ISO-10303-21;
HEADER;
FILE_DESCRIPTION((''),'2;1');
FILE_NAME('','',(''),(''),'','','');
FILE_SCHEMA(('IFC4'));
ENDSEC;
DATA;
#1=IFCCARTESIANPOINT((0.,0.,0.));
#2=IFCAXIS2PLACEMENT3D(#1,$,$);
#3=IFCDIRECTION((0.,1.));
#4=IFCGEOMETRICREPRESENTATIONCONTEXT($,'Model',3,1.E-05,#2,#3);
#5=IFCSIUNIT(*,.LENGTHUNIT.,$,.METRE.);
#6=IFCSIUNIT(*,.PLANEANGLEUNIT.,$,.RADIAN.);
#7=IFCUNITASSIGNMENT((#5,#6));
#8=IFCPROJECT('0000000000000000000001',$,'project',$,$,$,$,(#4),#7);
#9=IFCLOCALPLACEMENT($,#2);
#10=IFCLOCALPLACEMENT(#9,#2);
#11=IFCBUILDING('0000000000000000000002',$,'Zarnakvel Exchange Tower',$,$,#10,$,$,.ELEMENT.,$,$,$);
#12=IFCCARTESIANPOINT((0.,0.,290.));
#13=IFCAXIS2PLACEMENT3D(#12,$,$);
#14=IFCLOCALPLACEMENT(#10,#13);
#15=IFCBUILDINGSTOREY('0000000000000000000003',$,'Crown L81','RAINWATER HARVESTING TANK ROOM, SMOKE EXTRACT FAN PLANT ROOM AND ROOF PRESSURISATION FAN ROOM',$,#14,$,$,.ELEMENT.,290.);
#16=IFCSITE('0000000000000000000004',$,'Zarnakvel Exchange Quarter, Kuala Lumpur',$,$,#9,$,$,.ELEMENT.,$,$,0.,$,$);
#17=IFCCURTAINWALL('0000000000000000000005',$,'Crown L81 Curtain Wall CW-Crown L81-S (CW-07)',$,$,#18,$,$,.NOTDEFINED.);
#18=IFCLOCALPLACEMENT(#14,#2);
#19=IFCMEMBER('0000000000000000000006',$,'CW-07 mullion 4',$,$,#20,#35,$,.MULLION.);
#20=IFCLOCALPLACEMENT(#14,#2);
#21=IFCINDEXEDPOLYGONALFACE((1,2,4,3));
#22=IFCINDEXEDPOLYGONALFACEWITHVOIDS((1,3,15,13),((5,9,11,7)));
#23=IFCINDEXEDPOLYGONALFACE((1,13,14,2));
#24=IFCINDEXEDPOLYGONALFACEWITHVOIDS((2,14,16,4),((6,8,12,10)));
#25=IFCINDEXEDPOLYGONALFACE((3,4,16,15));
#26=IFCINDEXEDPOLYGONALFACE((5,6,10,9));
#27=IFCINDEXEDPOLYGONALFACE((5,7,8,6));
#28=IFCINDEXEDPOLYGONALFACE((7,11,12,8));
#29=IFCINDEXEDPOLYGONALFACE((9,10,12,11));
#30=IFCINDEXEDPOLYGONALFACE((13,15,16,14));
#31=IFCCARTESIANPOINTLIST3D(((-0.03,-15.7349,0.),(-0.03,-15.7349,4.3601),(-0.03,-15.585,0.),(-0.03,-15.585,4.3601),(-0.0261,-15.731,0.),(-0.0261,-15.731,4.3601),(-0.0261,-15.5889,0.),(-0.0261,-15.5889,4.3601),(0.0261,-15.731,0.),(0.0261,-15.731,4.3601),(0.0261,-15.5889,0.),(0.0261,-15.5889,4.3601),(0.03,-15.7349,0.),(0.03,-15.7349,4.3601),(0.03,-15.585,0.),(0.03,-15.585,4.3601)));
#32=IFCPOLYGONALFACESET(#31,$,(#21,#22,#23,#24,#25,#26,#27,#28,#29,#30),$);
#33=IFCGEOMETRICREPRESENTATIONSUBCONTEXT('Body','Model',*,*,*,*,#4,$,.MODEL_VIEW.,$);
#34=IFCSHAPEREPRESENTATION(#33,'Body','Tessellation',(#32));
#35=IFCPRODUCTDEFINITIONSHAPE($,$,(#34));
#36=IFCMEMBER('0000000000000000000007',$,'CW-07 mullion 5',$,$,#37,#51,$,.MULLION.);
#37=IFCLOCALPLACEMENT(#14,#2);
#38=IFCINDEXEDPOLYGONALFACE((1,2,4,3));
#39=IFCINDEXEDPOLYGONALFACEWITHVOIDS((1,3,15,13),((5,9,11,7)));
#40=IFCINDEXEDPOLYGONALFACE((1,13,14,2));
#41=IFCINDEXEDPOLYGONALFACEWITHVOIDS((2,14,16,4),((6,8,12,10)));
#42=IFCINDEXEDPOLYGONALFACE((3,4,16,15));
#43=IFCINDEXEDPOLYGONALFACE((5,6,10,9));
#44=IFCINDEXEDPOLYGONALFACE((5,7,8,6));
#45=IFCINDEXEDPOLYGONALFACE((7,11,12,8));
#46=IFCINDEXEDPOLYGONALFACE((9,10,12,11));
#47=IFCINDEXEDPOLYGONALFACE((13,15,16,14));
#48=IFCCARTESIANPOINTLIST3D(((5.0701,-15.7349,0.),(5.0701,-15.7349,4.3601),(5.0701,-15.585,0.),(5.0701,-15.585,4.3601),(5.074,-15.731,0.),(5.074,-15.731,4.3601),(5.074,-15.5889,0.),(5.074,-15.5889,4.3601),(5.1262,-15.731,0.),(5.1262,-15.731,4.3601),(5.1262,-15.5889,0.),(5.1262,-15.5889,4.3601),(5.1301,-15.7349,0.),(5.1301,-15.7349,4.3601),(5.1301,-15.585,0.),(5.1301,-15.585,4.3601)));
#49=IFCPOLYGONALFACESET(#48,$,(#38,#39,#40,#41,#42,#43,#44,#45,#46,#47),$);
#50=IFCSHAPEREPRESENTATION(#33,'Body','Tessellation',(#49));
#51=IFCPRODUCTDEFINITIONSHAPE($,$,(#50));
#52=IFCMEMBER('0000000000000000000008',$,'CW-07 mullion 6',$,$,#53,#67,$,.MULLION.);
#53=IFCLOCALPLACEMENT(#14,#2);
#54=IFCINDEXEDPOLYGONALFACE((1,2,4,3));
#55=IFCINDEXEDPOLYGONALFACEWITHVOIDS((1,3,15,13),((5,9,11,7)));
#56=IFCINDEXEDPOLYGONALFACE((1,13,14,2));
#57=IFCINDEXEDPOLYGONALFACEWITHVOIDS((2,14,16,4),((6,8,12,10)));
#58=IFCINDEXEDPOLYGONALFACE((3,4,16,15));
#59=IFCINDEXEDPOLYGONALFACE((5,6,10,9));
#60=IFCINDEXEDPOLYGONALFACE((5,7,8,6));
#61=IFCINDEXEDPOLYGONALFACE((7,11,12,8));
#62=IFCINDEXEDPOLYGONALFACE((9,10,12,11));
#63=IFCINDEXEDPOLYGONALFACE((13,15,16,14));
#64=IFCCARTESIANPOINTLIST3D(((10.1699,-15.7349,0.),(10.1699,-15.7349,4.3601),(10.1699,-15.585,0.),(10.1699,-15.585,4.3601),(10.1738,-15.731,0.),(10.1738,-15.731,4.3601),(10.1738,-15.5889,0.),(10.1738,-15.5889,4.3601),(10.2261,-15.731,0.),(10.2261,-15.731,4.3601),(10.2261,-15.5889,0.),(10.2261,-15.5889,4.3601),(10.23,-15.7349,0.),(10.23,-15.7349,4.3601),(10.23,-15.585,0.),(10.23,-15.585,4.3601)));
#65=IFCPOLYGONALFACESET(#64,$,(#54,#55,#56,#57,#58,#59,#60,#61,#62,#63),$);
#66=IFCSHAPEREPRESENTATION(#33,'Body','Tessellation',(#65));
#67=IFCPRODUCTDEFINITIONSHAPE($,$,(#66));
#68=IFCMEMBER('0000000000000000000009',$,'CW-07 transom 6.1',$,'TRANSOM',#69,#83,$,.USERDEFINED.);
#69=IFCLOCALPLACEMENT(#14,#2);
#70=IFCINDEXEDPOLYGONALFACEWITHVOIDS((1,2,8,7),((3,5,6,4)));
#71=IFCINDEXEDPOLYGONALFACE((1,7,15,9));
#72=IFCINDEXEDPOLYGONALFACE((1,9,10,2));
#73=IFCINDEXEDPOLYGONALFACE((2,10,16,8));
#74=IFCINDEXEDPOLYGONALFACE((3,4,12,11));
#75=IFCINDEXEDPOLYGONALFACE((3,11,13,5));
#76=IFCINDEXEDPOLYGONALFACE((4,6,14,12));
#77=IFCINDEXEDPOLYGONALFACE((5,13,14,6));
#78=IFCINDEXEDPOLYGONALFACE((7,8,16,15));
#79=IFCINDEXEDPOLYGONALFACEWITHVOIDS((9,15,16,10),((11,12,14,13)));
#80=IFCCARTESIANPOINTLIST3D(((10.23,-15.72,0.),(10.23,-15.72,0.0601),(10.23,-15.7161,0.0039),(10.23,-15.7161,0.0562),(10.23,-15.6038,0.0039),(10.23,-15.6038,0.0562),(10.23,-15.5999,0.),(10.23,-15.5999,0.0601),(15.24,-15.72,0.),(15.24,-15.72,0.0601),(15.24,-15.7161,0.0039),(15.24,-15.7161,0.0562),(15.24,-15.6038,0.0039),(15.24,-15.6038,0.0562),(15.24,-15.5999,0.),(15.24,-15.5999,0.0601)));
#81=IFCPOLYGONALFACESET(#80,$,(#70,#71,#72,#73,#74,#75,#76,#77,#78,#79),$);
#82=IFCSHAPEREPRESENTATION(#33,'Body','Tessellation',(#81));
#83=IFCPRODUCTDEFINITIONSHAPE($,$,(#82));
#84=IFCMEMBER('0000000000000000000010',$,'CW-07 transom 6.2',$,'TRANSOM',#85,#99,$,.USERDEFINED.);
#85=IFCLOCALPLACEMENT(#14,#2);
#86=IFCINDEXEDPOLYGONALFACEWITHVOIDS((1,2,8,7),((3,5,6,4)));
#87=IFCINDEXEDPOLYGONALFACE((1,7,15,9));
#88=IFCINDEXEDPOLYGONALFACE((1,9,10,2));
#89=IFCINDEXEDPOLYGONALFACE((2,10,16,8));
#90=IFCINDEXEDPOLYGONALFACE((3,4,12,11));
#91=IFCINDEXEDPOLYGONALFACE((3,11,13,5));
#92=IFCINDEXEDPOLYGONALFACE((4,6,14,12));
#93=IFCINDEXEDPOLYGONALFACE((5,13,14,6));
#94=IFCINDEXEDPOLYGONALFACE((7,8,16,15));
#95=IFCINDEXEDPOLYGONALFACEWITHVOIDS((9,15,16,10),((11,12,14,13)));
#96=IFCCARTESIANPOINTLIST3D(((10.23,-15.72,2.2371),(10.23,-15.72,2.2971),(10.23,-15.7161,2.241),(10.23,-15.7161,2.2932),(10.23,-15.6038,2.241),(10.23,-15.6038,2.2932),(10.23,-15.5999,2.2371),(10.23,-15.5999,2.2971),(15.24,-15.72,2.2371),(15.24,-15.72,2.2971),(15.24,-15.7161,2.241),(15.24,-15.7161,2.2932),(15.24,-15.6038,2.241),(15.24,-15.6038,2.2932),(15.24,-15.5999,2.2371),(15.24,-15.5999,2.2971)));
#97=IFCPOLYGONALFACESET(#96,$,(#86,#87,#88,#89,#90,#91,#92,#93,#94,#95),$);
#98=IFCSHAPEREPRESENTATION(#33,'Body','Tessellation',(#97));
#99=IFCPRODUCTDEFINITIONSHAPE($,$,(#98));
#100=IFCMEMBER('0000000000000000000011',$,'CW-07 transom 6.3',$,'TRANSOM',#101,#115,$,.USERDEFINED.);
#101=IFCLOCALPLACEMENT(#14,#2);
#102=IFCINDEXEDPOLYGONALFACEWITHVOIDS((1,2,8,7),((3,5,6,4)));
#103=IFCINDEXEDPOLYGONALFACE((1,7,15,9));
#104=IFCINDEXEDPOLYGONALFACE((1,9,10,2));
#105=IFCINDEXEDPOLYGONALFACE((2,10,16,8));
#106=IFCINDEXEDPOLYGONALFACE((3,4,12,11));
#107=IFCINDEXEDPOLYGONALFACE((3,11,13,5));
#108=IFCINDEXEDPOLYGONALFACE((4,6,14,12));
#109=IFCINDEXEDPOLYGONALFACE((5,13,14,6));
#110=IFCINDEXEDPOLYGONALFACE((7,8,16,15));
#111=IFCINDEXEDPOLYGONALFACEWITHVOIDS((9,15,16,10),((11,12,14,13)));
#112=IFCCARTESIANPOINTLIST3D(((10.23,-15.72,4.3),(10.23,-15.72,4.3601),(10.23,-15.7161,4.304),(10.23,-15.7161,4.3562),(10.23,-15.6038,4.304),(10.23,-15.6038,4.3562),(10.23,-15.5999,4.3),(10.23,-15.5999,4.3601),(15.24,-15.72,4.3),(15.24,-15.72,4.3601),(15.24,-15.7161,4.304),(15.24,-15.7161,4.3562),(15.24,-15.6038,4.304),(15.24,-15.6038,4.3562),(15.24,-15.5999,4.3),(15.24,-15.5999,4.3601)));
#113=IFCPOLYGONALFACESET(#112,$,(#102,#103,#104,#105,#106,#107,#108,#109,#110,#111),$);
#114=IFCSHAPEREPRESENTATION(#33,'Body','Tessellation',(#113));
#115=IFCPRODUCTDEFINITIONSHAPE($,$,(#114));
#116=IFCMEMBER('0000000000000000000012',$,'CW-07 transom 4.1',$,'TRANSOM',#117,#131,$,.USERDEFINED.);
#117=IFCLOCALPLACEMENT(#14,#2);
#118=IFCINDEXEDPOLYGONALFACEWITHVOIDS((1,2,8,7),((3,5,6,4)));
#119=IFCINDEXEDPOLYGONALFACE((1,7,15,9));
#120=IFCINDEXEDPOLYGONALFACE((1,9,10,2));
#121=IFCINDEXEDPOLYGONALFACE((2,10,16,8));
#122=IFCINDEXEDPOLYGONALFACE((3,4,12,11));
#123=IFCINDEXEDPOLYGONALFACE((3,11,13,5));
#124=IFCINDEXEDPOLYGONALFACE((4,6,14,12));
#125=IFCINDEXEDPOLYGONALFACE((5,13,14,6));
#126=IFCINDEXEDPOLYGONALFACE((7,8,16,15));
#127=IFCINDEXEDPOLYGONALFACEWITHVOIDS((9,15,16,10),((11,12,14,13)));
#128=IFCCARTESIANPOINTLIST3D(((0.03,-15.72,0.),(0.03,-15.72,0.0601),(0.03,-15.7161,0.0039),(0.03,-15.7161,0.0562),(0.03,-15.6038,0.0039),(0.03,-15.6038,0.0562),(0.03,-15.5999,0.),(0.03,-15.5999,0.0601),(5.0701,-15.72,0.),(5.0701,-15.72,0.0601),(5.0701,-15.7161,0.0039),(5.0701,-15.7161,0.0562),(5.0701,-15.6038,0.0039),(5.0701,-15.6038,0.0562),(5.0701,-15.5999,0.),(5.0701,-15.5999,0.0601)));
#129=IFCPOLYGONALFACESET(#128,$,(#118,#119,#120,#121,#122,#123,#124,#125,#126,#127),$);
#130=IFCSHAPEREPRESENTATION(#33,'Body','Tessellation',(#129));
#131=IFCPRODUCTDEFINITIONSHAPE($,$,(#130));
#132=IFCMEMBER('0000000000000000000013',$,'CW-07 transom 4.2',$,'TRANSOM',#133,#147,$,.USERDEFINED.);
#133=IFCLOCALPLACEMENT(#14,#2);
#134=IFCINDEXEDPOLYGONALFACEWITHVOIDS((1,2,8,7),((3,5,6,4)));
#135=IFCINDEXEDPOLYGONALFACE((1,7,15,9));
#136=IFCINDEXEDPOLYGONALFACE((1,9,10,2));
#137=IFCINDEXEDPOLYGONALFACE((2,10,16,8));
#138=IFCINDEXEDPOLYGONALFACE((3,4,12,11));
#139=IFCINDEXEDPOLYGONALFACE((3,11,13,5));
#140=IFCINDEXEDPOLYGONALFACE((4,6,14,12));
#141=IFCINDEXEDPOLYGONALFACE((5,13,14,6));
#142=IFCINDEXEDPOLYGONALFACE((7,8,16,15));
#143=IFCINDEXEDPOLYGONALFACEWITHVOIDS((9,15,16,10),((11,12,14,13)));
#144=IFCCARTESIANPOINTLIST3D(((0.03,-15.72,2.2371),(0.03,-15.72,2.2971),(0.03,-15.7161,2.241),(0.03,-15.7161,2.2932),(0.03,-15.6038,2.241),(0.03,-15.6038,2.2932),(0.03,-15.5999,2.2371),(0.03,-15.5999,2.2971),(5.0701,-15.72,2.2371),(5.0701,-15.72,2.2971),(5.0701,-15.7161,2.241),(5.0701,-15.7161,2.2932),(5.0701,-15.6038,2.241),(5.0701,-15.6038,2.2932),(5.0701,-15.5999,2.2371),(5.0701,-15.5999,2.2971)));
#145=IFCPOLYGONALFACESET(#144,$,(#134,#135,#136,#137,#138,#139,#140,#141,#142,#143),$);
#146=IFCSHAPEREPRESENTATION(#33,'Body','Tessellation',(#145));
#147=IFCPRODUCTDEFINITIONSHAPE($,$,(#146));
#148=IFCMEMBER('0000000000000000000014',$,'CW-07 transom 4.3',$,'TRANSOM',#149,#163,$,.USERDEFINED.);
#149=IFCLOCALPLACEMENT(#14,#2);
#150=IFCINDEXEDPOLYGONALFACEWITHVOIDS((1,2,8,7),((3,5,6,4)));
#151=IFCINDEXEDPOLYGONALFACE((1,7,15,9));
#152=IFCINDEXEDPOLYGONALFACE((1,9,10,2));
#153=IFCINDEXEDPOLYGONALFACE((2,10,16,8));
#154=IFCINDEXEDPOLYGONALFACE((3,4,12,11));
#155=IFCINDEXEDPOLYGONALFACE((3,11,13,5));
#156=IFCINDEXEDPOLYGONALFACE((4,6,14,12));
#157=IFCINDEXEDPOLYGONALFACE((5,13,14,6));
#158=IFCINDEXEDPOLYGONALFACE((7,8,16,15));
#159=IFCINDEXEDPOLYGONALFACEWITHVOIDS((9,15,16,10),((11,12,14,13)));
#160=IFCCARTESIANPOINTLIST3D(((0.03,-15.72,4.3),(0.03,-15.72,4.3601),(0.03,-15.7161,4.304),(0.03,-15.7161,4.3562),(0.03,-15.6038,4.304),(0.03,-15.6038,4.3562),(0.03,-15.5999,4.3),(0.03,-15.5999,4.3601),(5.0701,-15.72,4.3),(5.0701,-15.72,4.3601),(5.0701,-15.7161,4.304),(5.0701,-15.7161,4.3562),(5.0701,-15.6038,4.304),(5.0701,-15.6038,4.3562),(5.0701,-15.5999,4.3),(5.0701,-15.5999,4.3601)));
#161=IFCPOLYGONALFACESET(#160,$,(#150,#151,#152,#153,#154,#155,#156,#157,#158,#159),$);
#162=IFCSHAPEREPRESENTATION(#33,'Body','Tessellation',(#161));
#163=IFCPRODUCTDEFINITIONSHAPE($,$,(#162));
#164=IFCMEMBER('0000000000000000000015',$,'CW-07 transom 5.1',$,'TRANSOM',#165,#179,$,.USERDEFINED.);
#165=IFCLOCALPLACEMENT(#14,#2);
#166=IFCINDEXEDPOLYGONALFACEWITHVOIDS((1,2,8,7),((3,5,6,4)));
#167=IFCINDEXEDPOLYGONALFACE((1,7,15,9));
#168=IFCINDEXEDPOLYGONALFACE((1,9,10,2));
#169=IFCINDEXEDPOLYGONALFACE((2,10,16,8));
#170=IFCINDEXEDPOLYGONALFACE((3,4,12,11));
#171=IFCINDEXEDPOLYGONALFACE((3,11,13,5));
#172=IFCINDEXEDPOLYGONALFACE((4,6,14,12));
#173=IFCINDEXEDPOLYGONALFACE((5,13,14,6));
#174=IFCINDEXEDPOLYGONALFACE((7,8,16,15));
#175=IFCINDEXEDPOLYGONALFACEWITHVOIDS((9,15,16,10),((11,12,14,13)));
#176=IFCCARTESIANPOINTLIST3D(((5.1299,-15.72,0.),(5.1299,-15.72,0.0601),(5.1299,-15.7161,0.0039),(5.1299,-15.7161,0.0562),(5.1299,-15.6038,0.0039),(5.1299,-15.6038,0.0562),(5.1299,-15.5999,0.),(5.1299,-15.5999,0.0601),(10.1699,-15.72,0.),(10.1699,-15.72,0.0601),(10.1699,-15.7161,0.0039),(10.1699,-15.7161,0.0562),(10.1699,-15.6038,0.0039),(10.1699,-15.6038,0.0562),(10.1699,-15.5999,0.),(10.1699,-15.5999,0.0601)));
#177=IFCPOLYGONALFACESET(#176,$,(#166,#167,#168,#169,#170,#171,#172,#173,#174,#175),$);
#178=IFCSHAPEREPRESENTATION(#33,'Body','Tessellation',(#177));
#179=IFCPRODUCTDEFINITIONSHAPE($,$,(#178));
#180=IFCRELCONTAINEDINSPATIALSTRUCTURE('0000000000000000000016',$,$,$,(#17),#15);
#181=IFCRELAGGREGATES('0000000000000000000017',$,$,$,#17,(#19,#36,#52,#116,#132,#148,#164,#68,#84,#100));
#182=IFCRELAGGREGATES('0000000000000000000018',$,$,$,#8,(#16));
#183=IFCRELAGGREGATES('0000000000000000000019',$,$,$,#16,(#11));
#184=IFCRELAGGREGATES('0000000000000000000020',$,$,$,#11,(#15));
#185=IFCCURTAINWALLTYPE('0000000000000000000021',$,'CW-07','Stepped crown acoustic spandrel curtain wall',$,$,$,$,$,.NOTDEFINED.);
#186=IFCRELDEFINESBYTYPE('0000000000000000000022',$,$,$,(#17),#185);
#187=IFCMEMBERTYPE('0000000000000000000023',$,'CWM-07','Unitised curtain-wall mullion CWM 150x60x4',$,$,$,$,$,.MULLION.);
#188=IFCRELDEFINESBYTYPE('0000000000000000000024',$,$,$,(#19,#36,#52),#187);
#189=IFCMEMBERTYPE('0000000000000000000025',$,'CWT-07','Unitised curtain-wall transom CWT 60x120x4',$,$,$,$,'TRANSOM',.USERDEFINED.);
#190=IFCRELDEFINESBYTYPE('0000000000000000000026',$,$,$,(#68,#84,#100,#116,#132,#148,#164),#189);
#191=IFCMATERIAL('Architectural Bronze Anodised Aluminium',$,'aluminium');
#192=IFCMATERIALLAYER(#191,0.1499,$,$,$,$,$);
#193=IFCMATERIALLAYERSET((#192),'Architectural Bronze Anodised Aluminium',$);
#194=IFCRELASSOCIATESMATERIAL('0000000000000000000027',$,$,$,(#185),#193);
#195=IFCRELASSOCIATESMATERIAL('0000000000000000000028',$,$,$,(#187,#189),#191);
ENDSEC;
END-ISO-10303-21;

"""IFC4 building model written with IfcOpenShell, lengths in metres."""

from ifc_helpers import new_model, si_unit, direction, frame, origin, origin_2d, place, context, subcontext, project, spatial, hollow_rectangle, extrude, source, transform, mapped, material, layer, layer_set, material_profile, profile_set, type_object, element, aggregate, save


model = new_model("IFC4")

# Units and contexts
model_context = context("Model", 3, precision=1e-05, world=origin(), true_north=direction((0.0, 1.0)))
body_context = subcontext(model_context, "Body", "Model", "MODEL_VIEW")
ifc_project = project(units=[si_unit("LENGTHUNIT", "METRE"), si_unit("PLANEANGLEUNIT", "RADIAN")], contexts=[model_context])

# Site, building, storey
site_placement = place(None, origin())
site = spatial("IfcSite", under=ifc_project, at=site_placement, Name="Zarnakvel Exchange Quarter, Kuala Lumpur", CompositionType="ELEMENT", RefElevation=0.0)
building_placement = place(site_placement, origin())
building = spatial("IfcBuilding", under=site, at=building_placement, Name="Zarnakvel Exchange Tower", CompositionType="ELEMENT")
storey_placement = place(building_placement, frame((0.0, 0.0, 290.0)))
storey = spatial("IfcBuildingStorey", under=building, at=storey_placement, Name="Crown L81", Description="RAINWATER HARVESTING TANK ROOM, SMOKE EXTRACT FAN PLANT ROOM AND ROOF PRESSURISATION FAN ROOM", CompositionType="ELEMENT", Elevation=290.0)

# Curtain wall, members
ifc_material_1 = material(Name="Architectural Bronze Anodised Aluminium", Category="aluminium")
ifc_layer_1 = layer(ifc_material_1, 0.1499)
ifc_layer_set_1 = layer_set([ifc_layer_1], Name="Architectural Bronze Anodised Aluminium")
curtain_wall_type = type_object("IfcCurtainWallType", Name="CW-07", Description="Stepped crown acoustic spandrel curtain wall", PredefinedType="NOTDEFINED", material=ifc_layer_set_1)
curtain_wall_placement = place(storey_placement, origin())
curtain_wall = element("IfcCurtainWall", 1, at=curtain_wall_placement, inside=storey, type_object=curtain_wall_type, Name="Crown L81 Curtain Wall CW-Crown L81-S (CW-07)", PredefinedType="NOTDEFINED")
ifc_material_profile_1 = material_profile(ifc_material_1, hollow_rectangle(XDim=0.1499, YDim=0.0601, WallThickness=0.0039, at=origin_2d()))
ifc_profile_set_1 = profile_set([ifc_material_profile_1], Name="Architectural Bronze Anodised Aluminium")
member_type_1 = type_object("IfcMemberType", Name="CWM-07", Description="Unitised curtain-wall mullion CWM 150x60x4", PredefinedType="MULLION", material=ifc_profile_set_1)
shared_shape_1 = source(origin(), body_context, "Body", "SweptSolid", [
    extrude(hollow_rectangle(XDim=0.1499, YDim=0.0601, WallThickness=0.0039, at=origin_2d()), origin(), (0.0, 0.0, 1.0), 4.3601),
])
member_1_placement = place(storey_placement, frame((0.0, -15.6599, 0.0), z_axis=(0.0, 0.0, 1.0), x_axis=(0.0, 1.0, 0.0)))
member_1 = element("IfcMember", 2, at=member_1_placement, type_object=member_type_1, Name="CW-07 mullion 4", PredefinedType="MULLION", context=body_context, shape_type="MappedRepresentation", body=[
    mapped(shared_shape_1, transform((0.0, 0.0, 0.0), x_axis=(1.0, 0.0, 0.0), y_axis=(0.0, 1.0, 0.0), z_axis=(0.0, 0.0, 1.0), scale=1.0)),
])
member_2_placement = place(storey_placement, frame((5.1001, -15.6599, 0.0), z_axis=(0.0, 0.0, 1.0), x_axis=(0.0, 1.0, 0.0)))
member_2 = element("IfcMember", 3, at=member_2_placement, type_object=member_type_1, Name="CW-07 mullion 5", PredefinedType="MULLION", context=body_context, shape_type="MappedRepresentation", body=[
    mapped(shared_shape_1, transform((0.0, 0.0, 0.0), x_axis=(1.0, 0.0, 0.0), y_axis=(0.0, 1.0, 0.0), z_axis=(0.0, 0.0, 1.0), scale=1.0)),
])
member_3_placement = place(storey_placement, frame((10.2, -15.6599, 0.0), z_axis=(0.0, 0.0, 1.0), x_axis=(0.0, 1.0, 0.0)))
member_3 = element("IfcMember", 4, at=member_3_placement, type_object=member_type_1, Name="CW-07 mullion 6", PredefinedType="MULLION", context=body_context, shape_type="MappedRepresentation", body=[
    mapped(shared_shape_1, transform((0.0, 0.0, 0.0), x_axis=(1.0, 0.0, 0.0), y_axis=(0.0, 1.0, 0.0), z_axis=(0.0, 0.0, 1.0), scale=1.0)),
])
ifc_material_profile_2 = material_profile(ifc_material_1, hollow_rectangle(XDim=0.1201, YDim=0.0601, WallThickness=0.0039, at=origin_2d()))
ifc_profile_set_2 = profile_set([ifc_material_profile_2], Name="Architectural Bronze Anodised Aluminium")
member_type_2 = type_object("IfcMemberType", Name="CWT-07", Description="Unitised curtain-wall transom CWT 60x120x4", ElementType="TRANSOM", PredefinedType="USERDEFINED", material=ifc_profile_set_2)
shared_shape_2 = source(origin(), body_context, "Body", "SweptSolid", [
    extrude(hollow_rectangle(XDim=0.1201, YDim=0.0601, WallThickness=0.0039, at=origin_2d()), origin(), (0.0, 0.0, 1.0), 5.01),
])
member_4_placement = place(storey_placement, frame((10.23, -15.6599, 0.03), z_axis=(1.0, 0.0, 0.0), x_axis=(0.0, 1.0, 0.0)))
member_4 = element("IfcMember", 5, at=member_4_placement, type_object=member_type_2, Name="CW-07 transom 6.1", ObjectType="TRANSOM", PredefinedType="USERDEFINED", context=body_context, shape_type="MappedRepresentation", body=[
    mapped(shared_shape_2, transform((0.0, 0.0, 0.0), x_axis=(1.0, 0.0, 0.0), y_axis=(0.0, 1.0, 0.0), z_axis=(0.0, 0.0, 1.0), scale=1.0)),
])
member_5_placement = place(storey_placement, frame((10.23, -15.6599, 2.2671), z_axis=(1.0, 0.0, 0.0), x_axis=(0.0, 1.0, 0.0)))
member_5 = element("IfcMember", 6, at=member_5_placement, type_object=member_type_2, Name="CW-07 transom 6.2", ObjectType="TRANSOM", PredefinedType="USERDEFINED", context=body_context, shape_type="MappedRepresentation", body=[
    mapped(shared_shape_2, transform((0.0, 0.0, 0.0), x_axis=(1.0, 0.0, 0.0), y_axis=(0.0, 1.0, 0.0), z_axis=(0.0, 0.0, 1.0), scale=1.0)),
])
member_6_placement = place(storey_placement, frame((10.23, -15.6599, 4.3301), z_axis=(1.0, 0.0, 0.0), x_axis=(0.0, 1.0, 0.0)))
member_6 = element("IfcMember", 7, at=member_6_placement, type_object=member_type_2, Name="CW-07 transom 6.3", ObjectType="TRANSOM", PredefinedType="USERDEFINED", context=body_context, shape_type="MappedRepresentation", body=[
    mapped(shared_shape_2, transform((0.0, 0.0, 0.0), x_axis=(1.0, 0.0, 0.0), y_axis=(0.0, 1.0, 0.0), z_axis=(0.0, 0.0, 1.0), scale=1.0)),
])
shared_shape_3 = source(origin(), body_context, "Body", "SweptSolid", [
    extrude(hollow_rectangle(XDim=0.1201, YDim=0.0601, WallThickness=0.0039, at=origin_2d()), origin(), (0.0, 0.0, 1.0), 5.04),
])
member_7_placement = place(storey_placement, frame((0.03, -15.6599, 0.03), z_axis=(1.0, 0.0, 0.0), x_axis=(0.0, 1.0, 0.0)))
member_7 = element("IfcMember", 8, at=member_7_placement, type_object=member_type_2, Name="CW-07 transom 4.1", ObjectType="TRANSOM", PredefinedType="USERDEFINED", context=body_context, shape_type="MappedRepresentation", body=[
    mapped(shared_shape_3, transform((0.0, 0.0, 0.0), x_axis=(1.0, 0.0, 0.0), y_axis=(0.0, 1.0, 0.0), z_axis=(0.0, 0.0, 1.0), scale=1.0)),
])
member_8_placement = place(storey_placement, frame((0.03, -15.6599, 2.2671), z_axis=(1.0, 0.0, 0.0), x_axis=(0.0, 1.0, 0.0)))
member_8 = element("IfcMember", 9, at=member_8_placement, type_object=member_type_2, Name="CW-07 transom 4.2", ObjectType="TRANSOM", PredefinedType="USERDEFINED", context=body_context, shape_type="MappedRepresentation", body=[
    mapped(shared_shape_3, transform((0.0, 0.0, 0.0), x_axis=(1.0, 0.0, 0.0), y_axis=(0.0, 1.0, 0.0), z_axis=(0.0, 0.0, 1.0), scale=1.0)),
])
member_9_placement = place(storey_placement, frame((0.03, -15.6599, 4.3301), z_axis=(1.0, 0.0, 0.0), x_axis=(0.0, 1.0, 0.0)))
member_9 = element("IfcMember", 10, at=member_9_placement, type_object=member_type_2, Name="CW-07 transom 4.3", ObjectType="TRANSOM", PredefinedType="USERDEFINED", context=body_context, shape_type="MappedRepresentation", body=[
    mapped(shared_shape_3, transform((0.0, 0.0, 0.0), x_axis=(1.0, 0.0, 0.0), y_axis=(0.0, 1.0, 0.0), z_axis=(0.0, 0.0, 1.0), scale=1.0)),
])
member_10_placement = place(storey_placement, frame((5.1299, -15.6599, 0.03), z_axis=(1.0, 0.0, 0.0), x_axis=(0.0, 1.0, 0.0)))
member_10 = element("IfcMember", 11, at=member_10_placement, type_object=member_type_2, Name="CW-07 transom 5.1", ObjectType="TRANSOM", PredefinedType="USERDEFINED", context=body_context, shape_type="MappedRepresentation", body=[
    mapped(shared_shape_3, transform((0.0, 0.0, 0.0), x_axis=(1.0, 0.0, 0.0), y_axis=(0.0, 1.0, 0.0), z_axis=(0.0, 0.0, 1.0), scale=1.0)),
])

aggregate(curtain_wall, [member_1, member_2, member_3, member_7, member_8, member_9, member_10, member_4, member_5, member_6])

save(model, "model.ifc")
